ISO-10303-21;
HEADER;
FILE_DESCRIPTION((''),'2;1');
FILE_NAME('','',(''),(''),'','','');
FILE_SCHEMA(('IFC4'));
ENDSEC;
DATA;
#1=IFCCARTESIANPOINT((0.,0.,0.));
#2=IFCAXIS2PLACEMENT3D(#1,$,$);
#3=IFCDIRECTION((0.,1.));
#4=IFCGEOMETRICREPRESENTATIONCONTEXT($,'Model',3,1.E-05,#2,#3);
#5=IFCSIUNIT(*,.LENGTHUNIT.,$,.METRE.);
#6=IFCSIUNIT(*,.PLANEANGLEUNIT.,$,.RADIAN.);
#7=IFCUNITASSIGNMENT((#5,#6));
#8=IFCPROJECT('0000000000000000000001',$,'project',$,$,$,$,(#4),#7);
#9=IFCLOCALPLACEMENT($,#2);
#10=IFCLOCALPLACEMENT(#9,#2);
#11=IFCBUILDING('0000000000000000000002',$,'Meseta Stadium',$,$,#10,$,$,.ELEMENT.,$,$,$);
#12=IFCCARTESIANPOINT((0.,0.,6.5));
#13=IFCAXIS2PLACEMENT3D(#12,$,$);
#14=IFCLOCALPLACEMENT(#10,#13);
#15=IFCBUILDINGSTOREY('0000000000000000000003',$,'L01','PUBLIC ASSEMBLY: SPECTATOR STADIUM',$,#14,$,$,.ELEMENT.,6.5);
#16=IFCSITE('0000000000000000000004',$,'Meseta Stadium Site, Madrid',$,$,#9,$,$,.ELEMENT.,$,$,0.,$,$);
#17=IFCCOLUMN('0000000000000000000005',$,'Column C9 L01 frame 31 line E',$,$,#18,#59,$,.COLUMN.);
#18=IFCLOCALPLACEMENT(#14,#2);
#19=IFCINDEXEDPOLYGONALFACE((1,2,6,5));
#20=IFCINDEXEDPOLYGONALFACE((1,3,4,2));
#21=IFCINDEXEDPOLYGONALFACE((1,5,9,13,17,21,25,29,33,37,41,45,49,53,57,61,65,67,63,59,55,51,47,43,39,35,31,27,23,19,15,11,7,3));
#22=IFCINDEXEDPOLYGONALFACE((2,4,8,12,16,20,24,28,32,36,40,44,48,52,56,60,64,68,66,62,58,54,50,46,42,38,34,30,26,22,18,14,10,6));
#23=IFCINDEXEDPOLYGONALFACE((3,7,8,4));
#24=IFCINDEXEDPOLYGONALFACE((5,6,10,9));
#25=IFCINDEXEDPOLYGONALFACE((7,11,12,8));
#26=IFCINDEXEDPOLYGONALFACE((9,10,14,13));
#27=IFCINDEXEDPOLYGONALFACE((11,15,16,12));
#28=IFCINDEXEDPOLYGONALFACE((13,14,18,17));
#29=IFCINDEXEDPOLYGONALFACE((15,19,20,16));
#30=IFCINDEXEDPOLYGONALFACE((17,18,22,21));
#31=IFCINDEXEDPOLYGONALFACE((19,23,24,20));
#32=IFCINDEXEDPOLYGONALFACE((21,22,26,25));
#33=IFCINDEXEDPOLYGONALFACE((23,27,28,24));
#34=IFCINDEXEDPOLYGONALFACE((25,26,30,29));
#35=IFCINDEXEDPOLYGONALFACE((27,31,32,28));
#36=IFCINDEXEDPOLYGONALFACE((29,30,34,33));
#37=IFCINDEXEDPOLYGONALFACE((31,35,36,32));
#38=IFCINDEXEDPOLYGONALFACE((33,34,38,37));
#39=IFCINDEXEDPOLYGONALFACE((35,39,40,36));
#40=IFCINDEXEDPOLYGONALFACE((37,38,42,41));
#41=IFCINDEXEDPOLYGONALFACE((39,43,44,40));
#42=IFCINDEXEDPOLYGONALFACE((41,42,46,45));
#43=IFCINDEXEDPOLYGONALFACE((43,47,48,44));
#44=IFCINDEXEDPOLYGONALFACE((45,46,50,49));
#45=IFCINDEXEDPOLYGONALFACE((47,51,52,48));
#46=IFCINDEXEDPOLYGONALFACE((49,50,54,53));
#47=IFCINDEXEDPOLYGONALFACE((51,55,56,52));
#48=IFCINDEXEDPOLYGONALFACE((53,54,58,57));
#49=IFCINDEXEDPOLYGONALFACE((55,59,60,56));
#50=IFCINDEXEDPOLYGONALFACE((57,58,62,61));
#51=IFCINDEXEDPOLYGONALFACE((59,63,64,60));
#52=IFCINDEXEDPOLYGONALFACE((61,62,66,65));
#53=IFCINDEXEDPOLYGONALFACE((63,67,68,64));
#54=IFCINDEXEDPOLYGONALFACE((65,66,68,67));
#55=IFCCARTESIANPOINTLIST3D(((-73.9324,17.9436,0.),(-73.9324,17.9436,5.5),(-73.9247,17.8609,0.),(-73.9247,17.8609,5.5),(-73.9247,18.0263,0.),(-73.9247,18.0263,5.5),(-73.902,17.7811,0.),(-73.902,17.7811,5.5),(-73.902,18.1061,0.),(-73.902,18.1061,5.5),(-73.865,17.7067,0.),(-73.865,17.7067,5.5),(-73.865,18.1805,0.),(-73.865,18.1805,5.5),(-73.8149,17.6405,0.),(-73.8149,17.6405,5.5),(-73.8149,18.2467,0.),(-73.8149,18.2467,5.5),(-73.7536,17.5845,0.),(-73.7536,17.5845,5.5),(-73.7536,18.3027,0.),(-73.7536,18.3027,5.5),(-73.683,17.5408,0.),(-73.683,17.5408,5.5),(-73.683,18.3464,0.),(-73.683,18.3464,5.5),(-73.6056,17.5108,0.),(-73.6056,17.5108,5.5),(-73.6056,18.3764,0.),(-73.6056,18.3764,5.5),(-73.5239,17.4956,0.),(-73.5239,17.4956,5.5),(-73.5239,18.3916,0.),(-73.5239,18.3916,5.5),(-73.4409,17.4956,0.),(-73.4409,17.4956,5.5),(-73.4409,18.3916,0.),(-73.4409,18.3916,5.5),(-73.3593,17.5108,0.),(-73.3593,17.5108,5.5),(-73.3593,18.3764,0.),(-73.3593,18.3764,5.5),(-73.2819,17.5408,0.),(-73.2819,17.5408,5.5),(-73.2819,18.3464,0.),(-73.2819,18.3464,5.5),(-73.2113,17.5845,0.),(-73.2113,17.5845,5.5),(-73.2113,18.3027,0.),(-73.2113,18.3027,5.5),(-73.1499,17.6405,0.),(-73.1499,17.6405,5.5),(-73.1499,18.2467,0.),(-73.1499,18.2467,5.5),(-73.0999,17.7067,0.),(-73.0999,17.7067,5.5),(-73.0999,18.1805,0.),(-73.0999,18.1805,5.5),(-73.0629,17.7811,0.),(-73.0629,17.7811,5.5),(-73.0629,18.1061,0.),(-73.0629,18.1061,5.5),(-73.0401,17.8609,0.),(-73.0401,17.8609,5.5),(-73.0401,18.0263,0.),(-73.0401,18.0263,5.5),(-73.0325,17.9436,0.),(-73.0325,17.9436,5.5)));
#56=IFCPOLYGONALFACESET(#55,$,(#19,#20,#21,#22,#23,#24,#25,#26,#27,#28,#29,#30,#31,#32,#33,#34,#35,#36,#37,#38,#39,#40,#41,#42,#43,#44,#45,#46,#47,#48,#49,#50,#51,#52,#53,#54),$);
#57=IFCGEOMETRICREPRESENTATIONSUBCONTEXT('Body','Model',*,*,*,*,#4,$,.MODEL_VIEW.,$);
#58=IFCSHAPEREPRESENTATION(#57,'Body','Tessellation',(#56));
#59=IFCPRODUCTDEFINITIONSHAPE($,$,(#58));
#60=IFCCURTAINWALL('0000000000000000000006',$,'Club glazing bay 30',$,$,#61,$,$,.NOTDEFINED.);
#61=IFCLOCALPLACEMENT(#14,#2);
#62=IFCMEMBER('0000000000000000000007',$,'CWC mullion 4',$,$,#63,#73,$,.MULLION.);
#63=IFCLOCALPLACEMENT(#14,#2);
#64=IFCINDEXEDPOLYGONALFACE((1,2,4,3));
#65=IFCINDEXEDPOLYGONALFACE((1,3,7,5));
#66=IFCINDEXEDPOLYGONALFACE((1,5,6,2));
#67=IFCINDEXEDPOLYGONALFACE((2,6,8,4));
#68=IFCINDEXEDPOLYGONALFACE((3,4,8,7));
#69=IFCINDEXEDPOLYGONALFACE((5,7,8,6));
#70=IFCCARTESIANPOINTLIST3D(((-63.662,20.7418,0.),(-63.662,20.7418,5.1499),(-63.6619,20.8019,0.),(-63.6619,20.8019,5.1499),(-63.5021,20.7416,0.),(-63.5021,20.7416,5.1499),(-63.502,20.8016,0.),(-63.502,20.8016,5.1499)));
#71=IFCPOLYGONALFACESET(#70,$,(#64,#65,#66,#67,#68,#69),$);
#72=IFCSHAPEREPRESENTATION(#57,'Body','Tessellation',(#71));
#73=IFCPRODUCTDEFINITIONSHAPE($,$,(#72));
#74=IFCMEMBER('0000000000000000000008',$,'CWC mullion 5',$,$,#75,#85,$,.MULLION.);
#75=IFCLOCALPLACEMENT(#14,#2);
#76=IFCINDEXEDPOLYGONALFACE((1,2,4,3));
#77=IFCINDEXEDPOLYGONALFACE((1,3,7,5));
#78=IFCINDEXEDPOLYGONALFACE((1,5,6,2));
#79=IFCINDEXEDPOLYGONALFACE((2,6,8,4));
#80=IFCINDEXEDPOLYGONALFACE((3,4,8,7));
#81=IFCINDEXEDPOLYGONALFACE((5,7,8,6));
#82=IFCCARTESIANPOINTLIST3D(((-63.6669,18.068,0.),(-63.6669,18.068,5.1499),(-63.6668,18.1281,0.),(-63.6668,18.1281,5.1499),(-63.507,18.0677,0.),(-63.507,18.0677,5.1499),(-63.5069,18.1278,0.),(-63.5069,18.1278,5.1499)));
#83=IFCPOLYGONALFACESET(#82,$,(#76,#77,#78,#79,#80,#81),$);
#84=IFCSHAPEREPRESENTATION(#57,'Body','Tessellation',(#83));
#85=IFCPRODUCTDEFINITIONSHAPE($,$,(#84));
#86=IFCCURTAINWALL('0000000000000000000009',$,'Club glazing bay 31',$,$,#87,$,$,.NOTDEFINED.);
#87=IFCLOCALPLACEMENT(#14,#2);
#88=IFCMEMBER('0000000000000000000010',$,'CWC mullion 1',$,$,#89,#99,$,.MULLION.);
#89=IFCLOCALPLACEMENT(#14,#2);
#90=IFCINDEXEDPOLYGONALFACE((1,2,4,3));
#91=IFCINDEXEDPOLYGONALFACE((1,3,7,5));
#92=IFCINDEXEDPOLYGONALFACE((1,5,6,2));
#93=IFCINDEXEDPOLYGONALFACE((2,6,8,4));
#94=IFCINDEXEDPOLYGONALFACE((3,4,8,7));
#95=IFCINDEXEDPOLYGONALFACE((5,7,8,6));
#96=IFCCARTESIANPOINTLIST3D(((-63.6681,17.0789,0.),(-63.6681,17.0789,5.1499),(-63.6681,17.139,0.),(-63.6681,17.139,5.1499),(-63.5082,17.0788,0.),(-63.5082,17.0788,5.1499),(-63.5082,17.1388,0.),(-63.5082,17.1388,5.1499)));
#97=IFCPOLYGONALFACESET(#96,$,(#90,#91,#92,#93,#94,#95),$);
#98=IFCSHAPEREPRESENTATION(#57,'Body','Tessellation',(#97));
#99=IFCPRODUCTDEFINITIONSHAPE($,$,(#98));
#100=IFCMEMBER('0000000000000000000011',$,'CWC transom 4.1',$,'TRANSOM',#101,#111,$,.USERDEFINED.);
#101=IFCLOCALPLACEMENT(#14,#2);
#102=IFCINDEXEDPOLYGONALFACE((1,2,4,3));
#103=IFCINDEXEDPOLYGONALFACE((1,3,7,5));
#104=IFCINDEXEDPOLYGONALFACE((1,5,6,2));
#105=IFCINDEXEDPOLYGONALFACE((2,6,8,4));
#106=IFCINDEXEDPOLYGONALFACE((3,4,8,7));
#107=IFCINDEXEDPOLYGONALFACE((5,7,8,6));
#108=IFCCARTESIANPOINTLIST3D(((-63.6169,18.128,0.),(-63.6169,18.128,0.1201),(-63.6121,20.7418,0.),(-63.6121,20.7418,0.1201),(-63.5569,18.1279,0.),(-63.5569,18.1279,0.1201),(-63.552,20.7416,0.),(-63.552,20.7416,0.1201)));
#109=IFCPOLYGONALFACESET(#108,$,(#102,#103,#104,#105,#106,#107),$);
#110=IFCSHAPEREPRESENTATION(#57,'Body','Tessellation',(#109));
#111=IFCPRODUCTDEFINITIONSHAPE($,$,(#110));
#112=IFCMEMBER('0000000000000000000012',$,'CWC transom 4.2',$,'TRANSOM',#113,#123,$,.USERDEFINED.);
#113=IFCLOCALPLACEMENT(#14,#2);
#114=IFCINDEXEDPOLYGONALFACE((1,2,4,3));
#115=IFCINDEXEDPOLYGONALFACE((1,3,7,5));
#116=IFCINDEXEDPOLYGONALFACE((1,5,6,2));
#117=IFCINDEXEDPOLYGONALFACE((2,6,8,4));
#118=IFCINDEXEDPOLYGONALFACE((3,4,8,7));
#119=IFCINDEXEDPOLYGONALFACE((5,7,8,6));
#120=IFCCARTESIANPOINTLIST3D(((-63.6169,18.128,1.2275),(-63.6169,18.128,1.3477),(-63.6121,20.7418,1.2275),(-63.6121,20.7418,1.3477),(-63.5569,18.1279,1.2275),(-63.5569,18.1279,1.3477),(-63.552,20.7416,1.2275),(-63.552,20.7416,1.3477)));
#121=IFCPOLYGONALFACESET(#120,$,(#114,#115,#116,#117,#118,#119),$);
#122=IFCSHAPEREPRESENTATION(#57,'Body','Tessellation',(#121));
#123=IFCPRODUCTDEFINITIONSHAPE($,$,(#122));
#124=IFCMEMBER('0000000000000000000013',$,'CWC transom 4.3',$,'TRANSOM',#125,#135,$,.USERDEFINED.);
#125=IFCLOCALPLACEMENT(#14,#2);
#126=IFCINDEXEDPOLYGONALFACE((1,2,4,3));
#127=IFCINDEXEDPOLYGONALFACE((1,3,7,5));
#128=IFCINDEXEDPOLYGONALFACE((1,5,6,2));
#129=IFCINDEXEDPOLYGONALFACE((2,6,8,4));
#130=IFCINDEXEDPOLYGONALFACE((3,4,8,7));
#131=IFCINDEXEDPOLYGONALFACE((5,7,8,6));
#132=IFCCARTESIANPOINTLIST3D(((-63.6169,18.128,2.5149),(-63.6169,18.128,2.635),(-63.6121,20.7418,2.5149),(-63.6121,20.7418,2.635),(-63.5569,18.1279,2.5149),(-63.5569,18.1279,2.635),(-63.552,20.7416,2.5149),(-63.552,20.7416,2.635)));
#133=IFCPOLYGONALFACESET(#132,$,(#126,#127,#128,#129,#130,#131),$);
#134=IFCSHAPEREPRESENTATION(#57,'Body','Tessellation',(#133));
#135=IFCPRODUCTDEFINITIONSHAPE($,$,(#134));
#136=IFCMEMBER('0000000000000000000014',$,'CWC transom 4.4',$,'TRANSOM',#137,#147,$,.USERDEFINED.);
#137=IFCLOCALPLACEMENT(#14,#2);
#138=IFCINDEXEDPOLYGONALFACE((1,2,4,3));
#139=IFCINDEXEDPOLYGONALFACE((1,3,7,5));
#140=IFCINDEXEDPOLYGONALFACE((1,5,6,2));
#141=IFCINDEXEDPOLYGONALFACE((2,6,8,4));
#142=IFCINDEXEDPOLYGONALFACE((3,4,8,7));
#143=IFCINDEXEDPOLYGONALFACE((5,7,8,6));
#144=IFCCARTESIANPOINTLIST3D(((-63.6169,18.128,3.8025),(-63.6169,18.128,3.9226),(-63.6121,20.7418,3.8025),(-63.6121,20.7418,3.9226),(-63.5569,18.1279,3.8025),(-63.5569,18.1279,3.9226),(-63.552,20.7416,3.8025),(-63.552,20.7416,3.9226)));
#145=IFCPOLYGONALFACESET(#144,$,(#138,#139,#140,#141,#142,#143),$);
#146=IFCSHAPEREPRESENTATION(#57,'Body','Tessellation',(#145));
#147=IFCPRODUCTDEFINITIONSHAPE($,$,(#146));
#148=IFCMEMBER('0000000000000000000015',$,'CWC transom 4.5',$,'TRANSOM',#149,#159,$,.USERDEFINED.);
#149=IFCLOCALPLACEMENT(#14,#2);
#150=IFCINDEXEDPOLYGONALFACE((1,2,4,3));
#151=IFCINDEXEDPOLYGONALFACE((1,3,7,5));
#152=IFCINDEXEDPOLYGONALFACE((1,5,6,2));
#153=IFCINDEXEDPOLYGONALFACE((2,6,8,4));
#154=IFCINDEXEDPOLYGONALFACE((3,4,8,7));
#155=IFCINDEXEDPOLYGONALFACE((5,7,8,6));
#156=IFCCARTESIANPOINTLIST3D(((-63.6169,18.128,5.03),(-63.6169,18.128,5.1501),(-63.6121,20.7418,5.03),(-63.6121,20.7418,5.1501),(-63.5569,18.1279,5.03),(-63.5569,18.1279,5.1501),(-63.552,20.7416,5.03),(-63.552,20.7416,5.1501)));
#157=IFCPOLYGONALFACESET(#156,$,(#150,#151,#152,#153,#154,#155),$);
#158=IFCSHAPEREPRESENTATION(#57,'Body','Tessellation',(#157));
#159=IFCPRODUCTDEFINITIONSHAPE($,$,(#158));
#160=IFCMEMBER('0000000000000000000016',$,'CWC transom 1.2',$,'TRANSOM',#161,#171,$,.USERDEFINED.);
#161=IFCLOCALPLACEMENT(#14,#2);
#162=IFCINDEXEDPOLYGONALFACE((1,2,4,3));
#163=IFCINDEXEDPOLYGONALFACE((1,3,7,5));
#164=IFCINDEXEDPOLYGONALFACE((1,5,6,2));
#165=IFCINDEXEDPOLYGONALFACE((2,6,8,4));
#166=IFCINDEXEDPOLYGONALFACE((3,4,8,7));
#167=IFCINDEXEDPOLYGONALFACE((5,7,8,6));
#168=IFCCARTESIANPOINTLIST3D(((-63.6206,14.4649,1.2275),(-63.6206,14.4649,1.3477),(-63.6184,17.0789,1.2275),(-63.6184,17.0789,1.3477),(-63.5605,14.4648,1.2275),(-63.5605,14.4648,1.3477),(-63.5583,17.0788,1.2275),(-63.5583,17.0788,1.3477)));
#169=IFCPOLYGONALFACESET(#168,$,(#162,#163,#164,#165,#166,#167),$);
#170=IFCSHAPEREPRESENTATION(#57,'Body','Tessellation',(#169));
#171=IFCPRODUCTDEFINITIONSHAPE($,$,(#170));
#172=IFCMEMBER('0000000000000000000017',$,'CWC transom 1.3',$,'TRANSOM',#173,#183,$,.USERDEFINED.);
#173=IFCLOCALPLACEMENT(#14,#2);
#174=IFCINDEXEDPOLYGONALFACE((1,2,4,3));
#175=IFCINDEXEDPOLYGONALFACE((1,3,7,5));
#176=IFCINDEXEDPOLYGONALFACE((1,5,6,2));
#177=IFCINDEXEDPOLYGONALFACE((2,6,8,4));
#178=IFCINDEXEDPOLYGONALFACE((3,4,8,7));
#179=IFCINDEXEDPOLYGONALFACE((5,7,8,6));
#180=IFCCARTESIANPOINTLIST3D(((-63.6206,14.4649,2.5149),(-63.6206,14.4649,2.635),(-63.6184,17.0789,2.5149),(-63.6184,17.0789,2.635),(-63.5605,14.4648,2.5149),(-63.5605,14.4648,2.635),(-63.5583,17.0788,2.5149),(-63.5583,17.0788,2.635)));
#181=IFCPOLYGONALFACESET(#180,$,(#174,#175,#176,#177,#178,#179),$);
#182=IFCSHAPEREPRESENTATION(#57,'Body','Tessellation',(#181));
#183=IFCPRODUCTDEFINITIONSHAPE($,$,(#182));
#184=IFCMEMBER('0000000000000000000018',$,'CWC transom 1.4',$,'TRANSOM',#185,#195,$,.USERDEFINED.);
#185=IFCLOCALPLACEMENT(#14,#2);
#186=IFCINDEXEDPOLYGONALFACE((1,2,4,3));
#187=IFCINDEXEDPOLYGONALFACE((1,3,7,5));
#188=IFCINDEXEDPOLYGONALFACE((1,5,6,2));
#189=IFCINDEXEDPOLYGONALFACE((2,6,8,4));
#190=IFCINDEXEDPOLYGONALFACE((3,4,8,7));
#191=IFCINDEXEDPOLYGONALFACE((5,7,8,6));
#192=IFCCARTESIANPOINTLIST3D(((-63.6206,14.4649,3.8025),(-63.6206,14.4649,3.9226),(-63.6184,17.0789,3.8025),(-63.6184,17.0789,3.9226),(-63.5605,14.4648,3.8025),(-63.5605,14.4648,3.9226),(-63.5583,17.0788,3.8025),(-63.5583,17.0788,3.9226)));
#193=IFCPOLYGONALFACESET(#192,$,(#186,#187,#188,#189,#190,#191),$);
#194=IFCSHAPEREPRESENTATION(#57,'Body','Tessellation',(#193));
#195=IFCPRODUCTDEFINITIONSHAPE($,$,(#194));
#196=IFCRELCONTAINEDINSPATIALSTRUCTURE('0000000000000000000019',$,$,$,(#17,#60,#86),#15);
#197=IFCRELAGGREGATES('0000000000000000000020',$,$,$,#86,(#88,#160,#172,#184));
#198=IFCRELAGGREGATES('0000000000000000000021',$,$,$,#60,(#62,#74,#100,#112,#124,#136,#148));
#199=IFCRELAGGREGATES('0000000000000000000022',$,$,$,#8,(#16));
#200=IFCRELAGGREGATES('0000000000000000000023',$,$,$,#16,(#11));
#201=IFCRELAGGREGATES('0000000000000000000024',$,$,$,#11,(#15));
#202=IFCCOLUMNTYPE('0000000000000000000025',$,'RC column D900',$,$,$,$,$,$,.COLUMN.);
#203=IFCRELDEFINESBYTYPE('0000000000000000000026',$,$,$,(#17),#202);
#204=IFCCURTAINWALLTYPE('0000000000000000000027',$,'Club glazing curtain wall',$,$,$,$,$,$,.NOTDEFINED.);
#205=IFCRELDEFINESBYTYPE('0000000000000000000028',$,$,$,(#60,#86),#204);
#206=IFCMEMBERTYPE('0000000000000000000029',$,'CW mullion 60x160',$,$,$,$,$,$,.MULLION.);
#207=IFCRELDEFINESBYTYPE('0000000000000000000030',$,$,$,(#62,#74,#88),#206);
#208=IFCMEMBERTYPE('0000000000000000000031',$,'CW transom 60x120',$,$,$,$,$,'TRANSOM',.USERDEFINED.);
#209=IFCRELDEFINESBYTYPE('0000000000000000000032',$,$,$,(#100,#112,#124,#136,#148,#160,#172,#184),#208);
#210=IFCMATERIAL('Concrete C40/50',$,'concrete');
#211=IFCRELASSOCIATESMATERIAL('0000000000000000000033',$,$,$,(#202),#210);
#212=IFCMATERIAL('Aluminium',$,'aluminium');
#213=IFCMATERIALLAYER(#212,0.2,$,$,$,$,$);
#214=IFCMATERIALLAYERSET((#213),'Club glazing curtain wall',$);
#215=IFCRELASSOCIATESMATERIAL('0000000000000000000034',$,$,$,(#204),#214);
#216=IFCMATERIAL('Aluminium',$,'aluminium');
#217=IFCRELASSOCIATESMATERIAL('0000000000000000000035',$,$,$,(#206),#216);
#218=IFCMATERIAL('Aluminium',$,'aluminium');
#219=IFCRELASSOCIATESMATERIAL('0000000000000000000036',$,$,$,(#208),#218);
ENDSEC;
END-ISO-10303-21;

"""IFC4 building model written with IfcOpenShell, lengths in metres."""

from ifc_helpers import new_model, si_unit, direction, frame, origin, origin_2d, place, context, subcontext, project, spatial, rectangle, circle, extrude, material, layer, layer_set, material_profile, profile_set, type_object, element, aggregate, save


model = new_model("IFC4")

# Units and contexts
model_context = context("Model", 3, precision=1e-05, world=origin(), true_north=direction((0.0, 1.0)))
body_context = subcontext(model_context, "Body", "Model", "MODEL_VIEW")
ifc_project = project(units=[si_unit("LENGTHUNIT", "METRE"), si_unit("PLANEANGLEUNIT", "RADIAN")], contexts=[model_context])

# Site, building, storey
site_placement = place(None, origin())
site = spatial("IfcSite", under=ifc_project, at=site_placement, Name="Meseta Stadium Site, Madrid", CompositionType="ELEMENT", RefElevation=0.0)
building_placement = place(site_placement, origin())
building = spatial("IfcBuilding", under=site, at=building_placement, Name="Meseta Stadium", CompositionType="ELEMENT")
storey_placement = place(building_placement, frame((0.0, 0.0, 6.5)))
storey = spatial("IfcBuildingStorey", under=building, at=storey_placement, Name="L01", Description="PUBLIC ASSEMBLY: SPECTATOR STADIUM", CompositionType="ELEMENT", Elevation=6.5)

# Column
ifc_material_1 = material(Name="Concrete C40/50", Category="concrete")
ifc_material_profile_1 = material_profile(ifc_material_1, circle(Radius=0.45, at=origin_2d()), Name="RC D900")
ifc_profile_set_1 = profile_set([ifc_material_profile_1], Name="Concrete C40/50")
column_type_1 = type_object("IfcColumnType", Name="RC column D900", PredefinedType="COLUMN", material=ifc_profile_set_1)
for number, where, z_axis, x_axis, name in (
    (1, (-73.4824, 17.9436, 0.0), (0.0, 0.0, 1.0), (1.0, 0.0, 0.0), "Column C9 L01 frame 31 line E"),
):
    element("IfcColumn", number, at=place(storey_placement, frame(where, z_axis=z_axis, x_axis=x_axis)), inside=storey, type_object=column_type_1, Name=name, PredefinedType="COLUMN", context=body_context, shape_type="SweptSolid", body=[
        extrude(circle(Radius=0.45, at=origin_2d()), origin(), (0.0, 0.0, 1.0), 5.5),
    ])

# Curtain wall, members
ifc_material_2 = material(Name="Aluminium", Category="aluminium")
ifc_layer_1 = layer(ifc_material_2, 0.2)
ifc_layer_set_1 = layer_set([ifc_layer_1], Name="Club glazing curtain wall")
curtain_wall_type = type_object("IfcCurtainWallType", Name="Club glazing curtain wall", PredefinedType="NOTDEFINED", material=ifc_layer_set_1)
curtain_wall_1_placement = place(storey_placement, origin())
curtain_wall_1 = element("IfcCurtainWall", 2, at=curtain_wall_1_placement, inside=storey, type_object=curtain_wall_type, Name="Club glazing bay 30", PredefinedType="NOTDEFINED")
ifc_material_3 = material(Name="Aluminium", Category="aluminium")
ifc_material_profile_2 = material_profile(ifc_material_3, rectangle(XDim=0.1599, YDim=0.0601, at=origin_2d()), Name="CW 160x60")
ifc_profile_set_2 = profile_set([ifc_material_profile_2], Name="Aluminium")
member_type_1 = type_object("IfcMemberType", Name="CW mullion 60x160", PredefinedType="MULLION", material=ifc_profile_set_2)
member_1_placement = place(storey_placement, frame((-63.582, 20.7717, 0.0), z_axis=(0.0, 0.0, 1.0), x_axis=(0.999998, -0.001845, 0.0)))
member_1 = element("IfcMember", 3, at=member_1_placement, type_object=member_type_1, Name="CWC mullion 4", PredefinedType="MULLION", context=body_context, shape_type="SweptSolid", body=[
    extrude(rectangle(XDim=0.1599, YDim=0.0601, at=origin_2d()), origin(), (0.0, 0.0, 1.0), 5.1499),
])
member_2_placement = place(storey_placement, frame((-63.5869, 18.0979, 0.0), z_axis=(0.0, 0.0, 1.0), x_axis=(0.999998, -0.001845, 0.0)))
member_2 = element("IfcMember", 4, at=member_2_placement, type_object=member_type_1, Name="CWC mullion 5", PredefinedType="MULLION", context=body_context, shape_type="SweptSolid", body=[
    extrude(rectangle(XDim=0.1599, YDim=0.0601, at=origin_2d()), origin(), (0.0, 0.0, 1.0), 5.1499),
])

# Curtain wall, member
curtain_wall_2_placement = place(storey_placement, origin())
curtain_wall_2 = element("IfcCurtainWall", 5, at=curtain_wall_2_placement, inside=storey, type_object=curtain_wall_type, Name="Club glazing bay 31", PredefinedType="NOTDEFINED")
member_3_placement = place(storey_placement, frame((-63.5881, 17.1089, 0.0), z_axis=(0.0, 0.0, 1.0), x_axis=(1.0, -0.000925, 0.0)))
member_3 = element("IfcMember", 6, at=member_3_placement, type_object=member_type_1, Name="CWC mullion 1", PredefinedType="MULLION", context=body_context, shape_type="SweptSolid", body=[
    extrude(rectangle(XDim=0.1599, YDim=0.0601, at=origin_2d()), origin(), (0.0, 0.0, 1.0), 5.1499),
])

# Members
ifc_material_4 = material(Name="Aluminium", Category="aluminium")
ifc_material_profile_3 = material_profile(ifc_material_4, rectangle(XDim=0.0601, YDim=0.1201, at=origin_2d()), Name="CW 60x120")
ifc_profile_set_3 = profile_set([ifc_material_profile_3], Name="Aluminium")
member_type_2 = type_object("IfcMemberType", Name="CW transom 60x120", ElementType="TRANSOM", PredefinedType="USERDEFINED", material=ifc_profile_set_3)
member_4_placement = place(storey_placement, frame((-63.582, 20.7417, 0.0601), z_axis=(-0.001868, -0.999998, 0.0), x_axis=(0.999998, -0.001868, 0.0)))
member_4 = element("IfcMember", 7, at=member_4_placement, type_object=member_type_2, Name="CWC transom 4.1", ObjectType="TRANSOM", PredefinedType="USERDEFINED", context=body_context, shape_type="SweptSolid", body=[
    extrude(rectangle(XDim=0.0601, YDim=0.1201, at=origin_2d()), origin(), (0.0, 0.0, 1.0), 2.6138),
])
member_5_placement = place(storey_placement, frame((-63.582, 20.7417, 1.2876), z_axis=(-0.001868, -0.999998, 0.0), x_axis=(0.999998, -0.001868, 0.0)))
member_5 = element("IfcMember", 8, at=member_5_placement, type_object=member_type_2, Name="CWC transom 4.2", ObjectType="TRANSOM", PredefinedType="USERDEFINED", context=body_context, shape_type="SweptSolid", body=[
    extrude(rectangle(XDim=0.0601, YDim=0.1201, at=origin_2d()), origin(), (0.0, 0.0, 1.0), 2.6138),
])
member_6_placement = place(storey_placement, frame((-63.582, 20.7417, 2.575), z_axis=(-0.001868, -0.999998, 0.0), x_axis=(0.999998, -0.001868, 0.0)))
member_6 = element("IfcMember", 9, at=member_6_placement, type_object=member_type_2, Name="CWC transom 4.3", ObjectType="TRANSOM", PredefinedType="USERDEFINED", context=body_context, shape_type="SweptSolid", body=[
    extrude(rectangle(XDim=0.0601, YDim=0.1201, at=origin_2d()), origin(), (0.0, 0.0, 1.0), 2.6138),
])
member_7_placement = place(storey_placement, frame((-63.582, 20.7417, 3.8625), z_axis=(-0.001868, -0.999998, 0.0), x_axis=(0.999998, -0.001868, 0.0)))
member_7 = element("IfcMember", 10, at=member_7_placement, type_object=member_type_2, Name="CWC transom 4.4", ObjectType="TRANSOM", PredefinedType="USERDEFINED", context=body_context, shape_type="SweptSolid", body=[
    extrude(rectangle(XDim=0.0601, YDim=0.1201, at=origin_2d()), origin(), (0.0, 0.0, 1.0), 2.6138),
])
member_8_placement = place(storey_placement, frame((-63.582, 20.7417, 5.0901), z_axis=(-0.001868, -0.999998, 0.0), x_axis=(0.999998, -0.001868, 0.0)))
member_8 = element("IfcMember", 11, at=member_8_placement, type_object=member_type_2, Name="CWC transom 4.5", ObjectType="TRANSOM", PredefinedType="USERDEFINED", context=body_context, shape_type="SweptSolid", body=[
    extrude(rectangle(XDim=0.0601, YDim=0.1201, at=origin_2d()), origin(), (0.0, 0.0, 1.0), 2.6138),
])
member_9_placement = place(storey_placement, frame((-63.5884, 17.0789, 1.2876), z_axis=(-0.000841, -1.0, 0.0), x_axis=(1.0, -0.000841, 0.0)))
member_9 = element("IfcMember", 12, at=member_9_placement, type_object=member_type_2, Name="CWC transom 1.2", ObjectType="TRANSOM", PredefinedType="USERDEFINED", context=body_context, shape_type="SweptSolid", body=[
    extrude(rectangle(XDim=0.0601, YDim=0.1201, at=origin_2d()), origin(), (0.0, 0.0, 1.0), 2.614),
])
member_10_placement = place(storey_placement, frame((-63.5884, 17.0789, 2.575), z_axis=(-0.000841, -1.0, 0.0), x_axis=(1.0, -0.000841, 0.0)))
member_10 = element("IfcMember", 13, at=member_10_placement, type_object=member_type_2, Name="CWC transom 1.3", ObjectType="TRANSOM", PredefinedType="USERDEFINED", context=body_context, shape_type="SweptSolid", body=[
    extrude(rectangle(XDim=0.0601, YDim=0.1201, at=origin_2d()), origin(), (0.0, 0.0, 1.0), 2.614),
])
member_11_placement = place(storey_placement, frame((-63.5884, 17.0789, 3.8625), z_axis=(-0.000841, -1.0, 0.0), x_axis=(1.0, -0.000841, 0.0)))
member_11 = element("IfcMember", 14, at=member_11_placement, type_object=member_type_2, Name="CWC transom 1.4", ObjectType="TRANSOM", PredefinedType="USERDEFINED", context=body_context, shape_type="SweptSolid", body=[
    extrude(rectangle(XDim=0.0601, YDim=0.1201, at=origin_2d()), origin(), (0.0, 0.0, 1.0), 2.614),
])
aggregate(curtain_wall_2, [member_3, member_9, member_10, member_11])

aggregate(curtain_wall_1, [member_1, member_2, member_4, member_5, member_6, member_7, member_8])

save(model, "model.ifc")
